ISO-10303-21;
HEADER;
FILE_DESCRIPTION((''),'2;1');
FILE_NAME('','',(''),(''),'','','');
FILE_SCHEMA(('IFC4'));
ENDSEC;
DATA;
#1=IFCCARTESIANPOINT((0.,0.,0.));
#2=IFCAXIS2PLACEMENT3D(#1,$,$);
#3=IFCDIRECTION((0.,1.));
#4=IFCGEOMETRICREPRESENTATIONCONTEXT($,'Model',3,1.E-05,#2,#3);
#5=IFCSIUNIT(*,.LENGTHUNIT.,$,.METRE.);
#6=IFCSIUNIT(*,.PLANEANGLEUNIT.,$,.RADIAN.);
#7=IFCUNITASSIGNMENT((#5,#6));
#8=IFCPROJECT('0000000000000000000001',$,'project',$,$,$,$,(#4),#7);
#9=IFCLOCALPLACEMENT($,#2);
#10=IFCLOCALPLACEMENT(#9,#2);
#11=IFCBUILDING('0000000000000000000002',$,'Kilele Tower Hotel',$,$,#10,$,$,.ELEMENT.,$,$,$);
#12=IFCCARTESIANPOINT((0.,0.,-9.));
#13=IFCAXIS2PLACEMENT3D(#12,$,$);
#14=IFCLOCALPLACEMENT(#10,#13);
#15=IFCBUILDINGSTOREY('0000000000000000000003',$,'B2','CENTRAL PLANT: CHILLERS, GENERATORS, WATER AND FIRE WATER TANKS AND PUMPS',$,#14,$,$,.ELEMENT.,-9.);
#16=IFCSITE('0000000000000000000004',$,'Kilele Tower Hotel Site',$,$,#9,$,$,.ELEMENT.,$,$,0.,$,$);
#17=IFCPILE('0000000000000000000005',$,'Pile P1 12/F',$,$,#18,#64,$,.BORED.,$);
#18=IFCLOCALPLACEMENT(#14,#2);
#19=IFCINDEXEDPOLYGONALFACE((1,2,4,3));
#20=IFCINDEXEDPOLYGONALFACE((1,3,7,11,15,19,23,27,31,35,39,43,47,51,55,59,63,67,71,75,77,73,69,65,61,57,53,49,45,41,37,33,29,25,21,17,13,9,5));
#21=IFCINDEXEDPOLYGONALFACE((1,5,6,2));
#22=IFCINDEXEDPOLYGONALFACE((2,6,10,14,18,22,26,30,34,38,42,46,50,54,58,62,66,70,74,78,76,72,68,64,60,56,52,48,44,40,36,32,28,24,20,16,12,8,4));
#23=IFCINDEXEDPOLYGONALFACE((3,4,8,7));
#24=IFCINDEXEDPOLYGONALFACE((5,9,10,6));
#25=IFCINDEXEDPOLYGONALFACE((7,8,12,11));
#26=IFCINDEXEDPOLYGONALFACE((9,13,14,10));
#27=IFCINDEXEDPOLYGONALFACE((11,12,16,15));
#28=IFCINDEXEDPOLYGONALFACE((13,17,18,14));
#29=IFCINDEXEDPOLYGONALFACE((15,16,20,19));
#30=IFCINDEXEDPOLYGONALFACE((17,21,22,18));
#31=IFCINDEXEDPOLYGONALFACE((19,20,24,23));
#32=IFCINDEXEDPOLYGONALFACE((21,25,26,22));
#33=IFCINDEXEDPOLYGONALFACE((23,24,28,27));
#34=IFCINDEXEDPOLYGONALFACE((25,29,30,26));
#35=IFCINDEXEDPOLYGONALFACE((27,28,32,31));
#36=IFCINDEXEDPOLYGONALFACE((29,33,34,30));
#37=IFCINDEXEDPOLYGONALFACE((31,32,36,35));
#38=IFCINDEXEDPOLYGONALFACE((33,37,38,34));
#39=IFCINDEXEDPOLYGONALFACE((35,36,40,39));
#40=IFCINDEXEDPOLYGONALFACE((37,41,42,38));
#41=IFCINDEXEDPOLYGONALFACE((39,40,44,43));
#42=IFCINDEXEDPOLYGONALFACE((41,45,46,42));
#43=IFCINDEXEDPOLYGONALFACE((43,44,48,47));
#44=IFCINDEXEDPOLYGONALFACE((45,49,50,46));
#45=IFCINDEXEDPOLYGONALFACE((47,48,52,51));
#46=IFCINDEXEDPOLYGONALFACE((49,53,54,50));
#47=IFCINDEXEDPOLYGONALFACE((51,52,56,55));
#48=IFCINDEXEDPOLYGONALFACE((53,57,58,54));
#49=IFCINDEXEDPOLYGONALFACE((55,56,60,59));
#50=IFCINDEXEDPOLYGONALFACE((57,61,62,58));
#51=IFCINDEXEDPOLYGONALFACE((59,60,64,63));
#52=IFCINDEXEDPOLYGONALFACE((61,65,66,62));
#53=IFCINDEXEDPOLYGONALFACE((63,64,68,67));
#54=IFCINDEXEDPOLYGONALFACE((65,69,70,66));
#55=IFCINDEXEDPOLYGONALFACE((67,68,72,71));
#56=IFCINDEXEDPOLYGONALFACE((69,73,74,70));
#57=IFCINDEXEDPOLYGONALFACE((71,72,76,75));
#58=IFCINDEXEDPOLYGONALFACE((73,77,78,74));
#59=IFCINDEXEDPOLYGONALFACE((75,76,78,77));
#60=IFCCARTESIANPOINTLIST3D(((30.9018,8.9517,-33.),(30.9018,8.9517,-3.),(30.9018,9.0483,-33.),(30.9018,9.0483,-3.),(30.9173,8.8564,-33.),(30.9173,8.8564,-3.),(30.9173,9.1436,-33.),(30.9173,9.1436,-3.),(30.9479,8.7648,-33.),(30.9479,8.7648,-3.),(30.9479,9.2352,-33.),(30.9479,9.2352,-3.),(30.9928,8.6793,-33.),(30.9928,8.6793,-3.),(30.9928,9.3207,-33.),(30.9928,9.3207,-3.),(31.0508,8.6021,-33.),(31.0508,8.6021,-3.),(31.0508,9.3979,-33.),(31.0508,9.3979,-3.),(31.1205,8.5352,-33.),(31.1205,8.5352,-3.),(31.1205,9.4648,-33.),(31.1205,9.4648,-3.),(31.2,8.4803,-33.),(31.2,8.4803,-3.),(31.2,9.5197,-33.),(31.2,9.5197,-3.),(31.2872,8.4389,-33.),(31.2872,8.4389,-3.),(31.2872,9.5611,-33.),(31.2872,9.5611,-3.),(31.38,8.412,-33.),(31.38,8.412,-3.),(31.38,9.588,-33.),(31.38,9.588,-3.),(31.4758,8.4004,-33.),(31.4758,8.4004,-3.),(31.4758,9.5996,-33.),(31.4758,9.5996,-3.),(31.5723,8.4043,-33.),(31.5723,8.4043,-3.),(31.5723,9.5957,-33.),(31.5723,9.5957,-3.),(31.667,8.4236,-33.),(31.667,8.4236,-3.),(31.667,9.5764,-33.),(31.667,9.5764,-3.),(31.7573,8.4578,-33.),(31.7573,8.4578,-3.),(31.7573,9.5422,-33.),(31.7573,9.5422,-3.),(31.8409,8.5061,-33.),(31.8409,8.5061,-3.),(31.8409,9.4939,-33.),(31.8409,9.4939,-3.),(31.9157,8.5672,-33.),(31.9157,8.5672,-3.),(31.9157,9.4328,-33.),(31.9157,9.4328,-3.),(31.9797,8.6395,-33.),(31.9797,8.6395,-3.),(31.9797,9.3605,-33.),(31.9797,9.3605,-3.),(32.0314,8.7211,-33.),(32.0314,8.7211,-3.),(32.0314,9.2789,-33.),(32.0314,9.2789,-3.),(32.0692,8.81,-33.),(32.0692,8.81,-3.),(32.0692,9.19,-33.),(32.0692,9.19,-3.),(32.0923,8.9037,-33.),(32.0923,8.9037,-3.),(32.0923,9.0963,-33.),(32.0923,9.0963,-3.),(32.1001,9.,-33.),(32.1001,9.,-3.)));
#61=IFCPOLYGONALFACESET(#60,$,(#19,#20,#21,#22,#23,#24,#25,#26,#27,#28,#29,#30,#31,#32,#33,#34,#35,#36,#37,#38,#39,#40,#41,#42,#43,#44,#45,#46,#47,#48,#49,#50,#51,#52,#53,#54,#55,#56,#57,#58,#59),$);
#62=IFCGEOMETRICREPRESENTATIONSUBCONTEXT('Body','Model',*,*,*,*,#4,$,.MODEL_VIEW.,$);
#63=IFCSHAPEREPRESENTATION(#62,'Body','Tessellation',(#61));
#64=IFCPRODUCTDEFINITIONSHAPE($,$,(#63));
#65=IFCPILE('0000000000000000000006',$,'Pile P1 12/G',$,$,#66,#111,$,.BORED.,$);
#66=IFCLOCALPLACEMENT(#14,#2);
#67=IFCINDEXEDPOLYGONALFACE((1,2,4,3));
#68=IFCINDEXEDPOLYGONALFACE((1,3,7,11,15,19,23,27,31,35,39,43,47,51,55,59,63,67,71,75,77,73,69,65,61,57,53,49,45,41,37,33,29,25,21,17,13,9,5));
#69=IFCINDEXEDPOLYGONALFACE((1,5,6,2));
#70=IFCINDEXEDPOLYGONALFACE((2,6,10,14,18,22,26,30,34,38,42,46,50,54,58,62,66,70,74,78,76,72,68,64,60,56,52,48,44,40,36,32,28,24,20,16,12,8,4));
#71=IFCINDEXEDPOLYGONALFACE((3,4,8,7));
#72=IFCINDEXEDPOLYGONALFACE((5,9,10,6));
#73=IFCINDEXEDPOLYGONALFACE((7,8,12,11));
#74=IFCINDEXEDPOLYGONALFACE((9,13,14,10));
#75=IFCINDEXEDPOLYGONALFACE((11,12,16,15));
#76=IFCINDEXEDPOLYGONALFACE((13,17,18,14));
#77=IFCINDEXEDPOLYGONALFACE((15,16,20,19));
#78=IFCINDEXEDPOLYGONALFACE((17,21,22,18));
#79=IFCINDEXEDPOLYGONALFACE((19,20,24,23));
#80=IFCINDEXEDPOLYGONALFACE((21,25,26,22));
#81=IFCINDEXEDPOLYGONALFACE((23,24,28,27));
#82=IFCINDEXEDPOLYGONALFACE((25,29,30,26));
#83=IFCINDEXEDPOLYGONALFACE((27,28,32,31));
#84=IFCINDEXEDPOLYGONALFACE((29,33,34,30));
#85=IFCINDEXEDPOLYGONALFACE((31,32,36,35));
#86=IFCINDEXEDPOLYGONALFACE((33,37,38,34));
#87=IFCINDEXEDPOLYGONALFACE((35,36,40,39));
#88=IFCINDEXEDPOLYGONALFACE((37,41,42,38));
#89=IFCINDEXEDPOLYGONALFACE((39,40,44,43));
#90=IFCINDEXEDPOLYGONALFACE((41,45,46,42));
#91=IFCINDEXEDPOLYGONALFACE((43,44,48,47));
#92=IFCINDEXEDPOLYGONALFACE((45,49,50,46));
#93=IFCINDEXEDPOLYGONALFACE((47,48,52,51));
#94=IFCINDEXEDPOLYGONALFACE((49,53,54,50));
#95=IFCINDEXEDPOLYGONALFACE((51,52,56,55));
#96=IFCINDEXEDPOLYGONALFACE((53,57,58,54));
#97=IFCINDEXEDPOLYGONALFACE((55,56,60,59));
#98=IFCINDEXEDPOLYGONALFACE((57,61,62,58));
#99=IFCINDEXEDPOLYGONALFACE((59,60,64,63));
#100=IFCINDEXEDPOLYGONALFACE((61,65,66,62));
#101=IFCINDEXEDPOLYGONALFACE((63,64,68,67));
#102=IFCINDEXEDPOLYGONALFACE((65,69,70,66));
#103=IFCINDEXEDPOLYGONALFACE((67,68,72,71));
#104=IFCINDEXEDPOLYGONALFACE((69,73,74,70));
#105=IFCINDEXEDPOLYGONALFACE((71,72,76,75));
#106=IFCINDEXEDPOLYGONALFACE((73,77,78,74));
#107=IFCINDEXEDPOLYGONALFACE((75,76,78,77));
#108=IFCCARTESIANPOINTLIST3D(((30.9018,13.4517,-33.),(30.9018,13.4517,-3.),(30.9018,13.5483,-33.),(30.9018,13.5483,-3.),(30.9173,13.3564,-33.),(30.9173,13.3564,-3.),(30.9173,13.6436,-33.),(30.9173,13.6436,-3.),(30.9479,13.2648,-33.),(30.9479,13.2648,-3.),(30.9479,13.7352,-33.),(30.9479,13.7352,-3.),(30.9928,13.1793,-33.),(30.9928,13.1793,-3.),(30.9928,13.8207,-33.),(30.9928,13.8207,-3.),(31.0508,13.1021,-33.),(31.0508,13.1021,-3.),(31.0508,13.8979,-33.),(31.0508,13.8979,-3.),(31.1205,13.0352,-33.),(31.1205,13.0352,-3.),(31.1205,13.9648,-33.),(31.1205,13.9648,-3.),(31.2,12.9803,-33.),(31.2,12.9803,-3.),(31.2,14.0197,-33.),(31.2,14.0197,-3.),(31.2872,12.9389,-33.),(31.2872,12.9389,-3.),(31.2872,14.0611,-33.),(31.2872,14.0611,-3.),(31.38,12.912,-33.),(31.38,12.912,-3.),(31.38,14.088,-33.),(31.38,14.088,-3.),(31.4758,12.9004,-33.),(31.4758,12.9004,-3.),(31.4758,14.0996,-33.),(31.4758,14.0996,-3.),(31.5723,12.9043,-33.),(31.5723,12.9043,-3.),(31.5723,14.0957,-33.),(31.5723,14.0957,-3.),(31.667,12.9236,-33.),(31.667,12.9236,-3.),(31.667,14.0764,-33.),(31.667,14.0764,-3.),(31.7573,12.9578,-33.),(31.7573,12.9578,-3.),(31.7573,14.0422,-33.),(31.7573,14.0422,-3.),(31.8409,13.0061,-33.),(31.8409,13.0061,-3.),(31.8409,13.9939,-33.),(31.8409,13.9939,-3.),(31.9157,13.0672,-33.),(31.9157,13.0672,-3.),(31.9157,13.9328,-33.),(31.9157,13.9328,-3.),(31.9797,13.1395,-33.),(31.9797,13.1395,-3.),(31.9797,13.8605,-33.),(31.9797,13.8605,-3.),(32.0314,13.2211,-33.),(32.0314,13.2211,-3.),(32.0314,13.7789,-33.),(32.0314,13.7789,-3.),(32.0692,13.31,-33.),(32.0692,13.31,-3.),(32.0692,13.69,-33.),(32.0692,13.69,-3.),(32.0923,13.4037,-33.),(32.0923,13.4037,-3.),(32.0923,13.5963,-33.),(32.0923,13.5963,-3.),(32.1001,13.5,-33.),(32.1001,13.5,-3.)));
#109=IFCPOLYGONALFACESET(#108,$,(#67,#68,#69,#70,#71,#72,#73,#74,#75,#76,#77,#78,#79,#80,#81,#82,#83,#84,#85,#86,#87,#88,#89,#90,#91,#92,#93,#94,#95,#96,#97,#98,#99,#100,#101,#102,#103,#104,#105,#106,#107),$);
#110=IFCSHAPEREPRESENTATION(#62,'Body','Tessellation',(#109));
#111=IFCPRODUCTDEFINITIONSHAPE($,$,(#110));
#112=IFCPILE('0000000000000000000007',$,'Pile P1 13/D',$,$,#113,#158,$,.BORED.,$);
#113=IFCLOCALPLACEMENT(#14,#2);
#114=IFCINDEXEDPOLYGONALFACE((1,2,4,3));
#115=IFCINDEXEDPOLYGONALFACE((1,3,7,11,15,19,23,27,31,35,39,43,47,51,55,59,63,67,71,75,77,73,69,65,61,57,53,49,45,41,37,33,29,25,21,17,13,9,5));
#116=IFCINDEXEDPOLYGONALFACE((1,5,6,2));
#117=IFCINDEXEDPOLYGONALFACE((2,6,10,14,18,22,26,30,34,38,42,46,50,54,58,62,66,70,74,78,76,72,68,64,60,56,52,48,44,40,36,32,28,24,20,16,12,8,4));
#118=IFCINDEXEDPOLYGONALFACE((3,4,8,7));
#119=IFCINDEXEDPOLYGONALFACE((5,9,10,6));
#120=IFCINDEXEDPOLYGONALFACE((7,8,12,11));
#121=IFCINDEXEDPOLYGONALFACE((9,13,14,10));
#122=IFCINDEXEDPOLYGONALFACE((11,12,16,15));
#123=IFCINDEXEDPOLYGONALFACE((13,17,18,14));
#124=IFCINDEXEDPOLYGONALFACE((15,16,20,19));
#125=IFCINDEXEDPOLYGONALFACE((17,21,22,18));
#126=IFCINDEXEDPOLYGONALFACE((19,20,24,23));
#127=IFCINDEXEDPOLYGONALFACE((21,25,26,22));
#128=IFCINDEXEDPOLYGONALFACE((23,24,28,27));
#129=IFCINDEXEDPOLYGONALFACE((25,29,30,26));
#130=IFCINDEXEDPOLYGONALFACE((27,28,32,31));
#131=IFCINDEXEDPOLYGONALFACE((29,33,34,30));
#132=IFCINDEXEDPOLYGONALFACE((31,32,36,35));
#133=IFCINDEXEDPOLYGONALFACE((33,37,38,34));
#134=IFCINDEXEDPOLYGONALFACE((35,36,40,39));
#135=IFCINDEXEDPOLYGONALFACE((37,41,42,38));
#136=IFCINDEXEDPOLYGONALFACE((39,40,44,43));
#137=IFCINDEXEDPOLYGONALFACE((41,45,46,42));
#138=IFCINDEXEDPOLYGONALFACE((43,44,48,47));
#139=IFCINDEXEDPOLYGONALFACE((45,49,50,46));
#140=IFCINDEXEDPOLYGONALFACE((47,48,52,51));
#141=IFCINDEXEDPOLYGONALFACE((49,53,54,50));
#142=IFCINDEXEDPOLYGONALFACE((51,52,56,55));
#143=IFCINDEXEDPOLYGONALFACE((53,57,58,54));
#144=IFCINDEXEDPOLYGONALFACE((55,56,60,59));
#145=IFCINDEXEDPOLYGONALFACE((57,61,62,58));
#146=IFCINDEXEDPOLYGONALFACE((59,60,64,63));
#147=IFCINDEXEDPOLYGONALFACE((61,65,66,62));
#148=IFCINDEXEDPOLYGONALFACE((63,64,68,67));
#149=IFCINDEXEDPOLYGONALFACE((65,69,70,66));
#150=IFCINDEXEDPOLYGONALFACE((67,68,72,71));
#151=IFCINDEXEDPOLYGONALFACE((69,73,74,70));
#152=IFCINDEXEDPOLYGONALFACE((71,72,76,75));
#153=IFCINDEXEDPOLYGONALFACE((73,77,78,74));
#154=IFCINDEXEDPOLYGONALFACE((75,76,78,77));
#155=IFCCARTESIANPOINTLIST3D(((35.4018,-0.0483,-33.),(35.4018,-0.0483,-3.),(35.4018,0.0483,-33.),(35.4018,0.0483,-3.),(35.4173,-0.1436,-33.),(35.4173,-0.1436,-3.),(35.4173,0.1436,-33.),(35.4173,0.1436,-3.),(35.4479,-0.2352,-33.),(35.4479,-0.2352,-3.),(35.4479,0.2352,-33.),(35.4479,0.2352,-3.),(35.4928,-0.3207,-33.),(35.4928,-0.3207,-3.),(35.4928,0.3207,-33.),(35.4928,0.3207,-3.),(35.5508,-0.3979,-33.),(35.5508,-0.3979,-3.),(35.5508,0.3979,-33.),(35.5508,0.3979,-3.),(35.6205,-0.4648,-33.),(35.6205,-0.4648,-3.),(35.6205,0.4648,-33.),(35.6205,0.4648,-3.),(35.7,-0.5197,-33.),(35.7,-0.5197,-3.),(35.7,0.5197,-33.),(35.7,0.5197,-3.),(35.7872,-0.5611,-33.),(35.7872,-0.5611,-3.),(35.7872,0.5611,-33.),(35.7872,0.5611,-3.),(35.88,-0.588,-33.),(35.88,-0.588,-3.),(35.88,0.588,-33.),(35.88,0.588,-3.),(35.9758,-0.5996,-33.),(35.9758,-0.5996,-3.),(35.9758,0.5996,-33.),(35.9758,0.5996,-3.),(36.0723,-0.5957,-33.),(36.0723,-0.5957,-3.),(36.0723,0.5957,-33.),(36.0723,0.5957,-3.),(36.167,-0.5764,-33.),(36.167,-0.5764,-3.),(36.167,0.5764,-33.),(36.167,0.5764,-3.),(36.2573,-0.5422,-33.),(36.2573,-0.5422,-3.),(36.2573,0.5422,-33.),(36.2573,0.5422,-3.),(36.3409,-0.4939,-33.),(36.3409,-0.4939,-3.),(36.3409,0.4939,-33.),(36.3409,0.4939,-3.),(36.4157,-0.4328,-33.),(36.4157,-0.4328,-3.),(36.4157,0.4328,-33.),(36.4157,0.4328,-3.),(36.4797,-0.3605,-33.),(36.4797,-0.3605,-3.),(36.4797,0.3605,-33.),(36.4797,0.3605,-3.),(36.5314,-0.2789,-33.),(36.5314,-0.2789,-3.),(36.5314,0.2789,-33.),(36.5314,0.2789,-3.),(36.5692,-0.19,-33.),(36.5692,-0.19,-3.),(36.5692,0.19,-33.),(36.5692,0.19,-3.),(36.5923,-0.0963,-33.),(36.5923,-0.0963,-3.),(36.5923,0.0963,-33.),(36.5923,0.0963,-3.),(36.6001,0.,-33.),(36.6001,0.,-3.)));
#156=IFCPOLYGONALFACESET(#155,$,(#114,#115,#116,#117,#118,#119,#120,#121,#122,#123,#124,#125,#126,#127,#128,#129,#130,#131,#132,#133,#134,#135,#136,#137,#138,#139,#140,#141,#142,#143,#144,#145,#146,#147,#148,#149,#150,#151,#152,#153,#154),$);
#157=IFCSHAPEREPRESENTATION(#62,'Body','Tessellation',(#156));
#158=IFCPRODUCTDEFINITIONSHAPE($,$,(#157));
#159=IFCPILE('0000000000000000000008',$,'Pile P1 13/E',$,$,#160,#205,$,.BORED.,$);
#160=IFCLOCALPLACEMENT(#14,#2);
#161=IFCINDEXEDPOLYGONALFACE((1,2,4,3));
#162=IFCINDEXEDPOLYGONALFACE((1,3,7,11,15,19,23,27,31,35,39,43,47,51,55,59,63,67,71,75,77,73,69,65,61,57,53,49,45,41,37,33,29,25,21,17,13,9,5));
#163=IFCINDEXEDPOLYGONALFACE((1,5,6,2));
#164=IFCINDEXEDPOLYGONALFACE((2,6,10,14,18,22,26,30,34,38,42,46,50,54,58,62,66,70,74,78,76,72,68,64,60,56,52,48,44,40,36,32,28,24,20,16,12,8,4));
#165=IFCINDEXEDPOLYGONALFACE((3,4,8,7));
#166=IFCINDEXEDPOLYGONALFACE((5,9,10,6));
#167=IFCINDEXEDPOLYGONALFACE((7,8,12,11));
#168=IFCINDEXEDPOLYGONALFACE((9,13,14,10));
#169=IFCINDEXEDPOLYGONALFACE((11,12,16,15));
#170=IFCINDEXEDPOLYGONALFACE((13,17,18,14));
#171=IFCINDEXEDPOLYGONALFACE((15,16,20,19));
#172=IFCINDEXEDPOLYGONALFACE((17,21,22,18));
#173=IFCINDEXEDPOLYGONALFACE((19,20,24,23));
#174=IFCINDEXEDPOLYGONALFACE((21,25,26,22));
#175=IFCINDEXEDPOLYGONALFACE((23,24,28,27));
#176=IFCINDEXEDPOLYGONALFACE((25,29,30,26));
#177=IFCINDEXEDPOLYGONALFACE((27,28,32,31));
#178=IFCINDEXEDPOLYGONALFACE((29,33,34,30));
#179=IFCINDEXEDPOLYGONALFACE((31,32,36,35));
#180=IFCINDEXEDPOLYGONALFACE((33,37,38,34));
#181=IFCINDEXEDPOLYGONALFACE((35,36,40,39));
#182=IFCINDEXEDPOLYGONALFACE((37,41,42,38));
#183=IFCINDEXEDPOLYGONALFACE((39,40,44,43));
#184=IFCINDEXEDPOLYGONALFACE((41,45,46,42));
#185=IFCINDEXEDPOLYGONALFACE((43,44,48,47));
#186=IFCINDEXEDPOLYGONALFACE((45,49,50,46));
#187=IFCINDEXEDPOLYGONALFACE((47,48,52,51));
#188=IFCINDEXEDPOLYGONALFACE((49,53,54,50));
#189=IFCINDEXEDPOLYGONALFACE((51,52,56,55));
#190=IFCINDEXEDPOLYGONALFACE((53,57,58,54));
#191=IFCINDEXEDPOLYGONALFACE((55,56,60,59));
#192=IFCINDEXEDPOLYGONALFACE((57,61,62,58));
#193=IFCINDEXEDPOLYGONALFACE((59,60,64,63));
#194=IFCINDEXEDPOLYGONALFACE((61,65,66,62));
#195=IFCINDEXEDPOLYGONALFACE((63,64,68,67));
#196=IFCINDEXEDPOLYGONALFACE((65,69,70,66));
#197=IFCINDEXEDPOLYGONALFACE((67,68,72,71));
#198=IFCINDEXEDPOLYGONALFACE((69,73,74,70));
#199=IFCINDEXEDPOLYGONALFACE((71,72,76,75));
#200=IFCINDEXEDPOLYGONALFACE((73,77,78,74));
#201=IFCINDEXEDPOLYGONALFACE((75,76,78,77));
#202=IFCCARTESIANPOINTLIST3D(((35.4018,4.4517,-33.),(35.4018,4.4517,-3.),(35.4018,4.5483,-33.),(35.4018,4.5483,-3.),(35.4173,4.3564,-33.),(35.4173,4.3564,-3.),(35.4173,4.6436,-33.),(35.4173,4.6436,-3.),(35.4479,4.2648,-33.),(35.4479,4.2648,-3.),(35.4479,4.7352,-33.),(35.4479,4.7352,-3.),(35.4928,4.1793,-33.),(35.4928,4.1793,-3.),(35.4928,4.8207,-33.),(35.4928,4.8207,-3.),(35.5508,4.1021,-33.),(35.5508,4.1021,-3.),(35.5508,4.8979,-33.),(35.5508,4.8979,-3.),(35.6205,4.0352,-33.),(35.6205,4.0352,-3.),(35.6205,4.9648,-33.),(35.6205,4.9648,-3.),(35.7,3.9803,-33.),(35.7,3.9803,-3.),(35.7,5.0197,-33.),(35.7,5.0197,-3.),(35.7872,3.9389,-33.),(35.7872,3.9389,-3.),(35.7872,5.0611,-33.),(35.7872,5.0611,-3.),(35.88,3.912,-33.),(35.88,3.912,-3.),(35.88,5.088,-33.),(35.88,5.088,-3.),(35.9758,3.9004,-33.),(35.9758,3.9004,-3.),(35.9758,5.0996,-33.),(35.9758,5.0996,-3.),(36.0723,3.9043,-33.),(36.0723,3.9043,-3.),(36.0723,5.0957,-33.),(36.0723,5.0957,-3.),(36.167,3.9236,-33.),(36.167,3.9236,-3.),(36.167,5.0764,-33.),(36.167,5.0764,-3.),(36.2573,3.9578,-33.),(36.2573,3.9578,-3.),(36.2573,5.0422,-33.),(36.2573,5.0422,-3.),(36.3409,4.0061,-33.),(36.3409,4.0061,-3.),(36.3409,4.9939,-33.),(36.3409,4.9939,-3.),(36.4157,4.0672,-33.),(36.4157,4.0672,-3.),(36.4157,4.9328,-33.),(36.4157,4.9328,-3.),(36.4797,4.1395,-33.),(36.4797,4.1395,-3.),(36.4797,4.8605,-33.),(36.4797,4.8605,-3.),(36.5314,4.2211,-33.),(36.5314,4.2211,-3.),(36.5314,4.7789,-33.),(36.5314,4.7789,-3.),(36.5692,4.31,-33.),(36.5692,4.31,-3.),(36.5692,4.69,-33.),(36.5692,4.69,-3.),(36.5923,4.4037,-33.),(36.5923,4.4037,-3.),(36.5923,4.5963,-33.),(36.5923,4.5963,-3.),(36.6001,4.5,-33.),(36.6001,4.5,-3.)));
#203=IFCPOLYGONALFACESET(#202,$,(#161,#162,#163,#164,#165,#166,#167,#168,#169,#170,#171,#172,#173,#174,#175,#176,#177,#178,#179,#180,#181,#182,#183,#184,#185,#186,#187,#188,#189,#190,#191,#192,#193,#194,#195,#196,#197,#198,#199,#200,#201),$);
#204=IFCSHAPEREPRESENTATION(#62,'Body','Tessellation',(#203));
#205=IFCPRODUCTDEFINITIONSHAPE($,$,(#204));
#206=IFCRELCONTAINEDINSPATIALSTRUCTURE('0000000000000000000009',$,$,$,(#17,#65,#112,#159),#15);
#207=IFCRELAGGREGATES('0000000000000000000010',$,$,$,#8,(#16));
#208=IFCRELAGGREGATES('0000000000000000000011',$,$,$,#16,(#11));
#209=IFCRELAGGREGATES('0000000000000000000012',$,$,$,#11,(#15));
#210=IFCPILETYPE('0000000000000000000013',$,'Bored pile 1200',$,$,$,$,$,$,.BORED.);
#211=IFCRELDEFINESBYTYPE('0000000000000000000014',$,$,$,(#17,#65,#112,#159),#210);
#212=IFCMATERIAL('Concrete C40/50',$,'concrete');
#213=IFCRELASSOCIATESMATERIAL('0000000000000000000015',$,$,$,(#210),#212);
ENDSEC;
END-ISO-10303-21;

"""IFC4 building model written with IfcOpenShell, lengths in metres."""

from ifc_helpers import new_model, si_unit, direction, frame, origin, origin_2d, place, context, subcontext, project, spatial, circle, extrude, material, material_profile, profile_set, type_object, element, save


model = new_model("IFC4")

# Units and contexts
model_context = context("Model", 3, precision=1e-05, world=origin(), true_north=direction((0.0, 1.0)))
body_context = subcontext(model_context, "Body", "Model", "MODEL_VIEW")
ifc_project = project(units=[si_unit("LENGTHUNIT", "METRE"), si_unit("PLANEANGLEUNIT", "RADIAN")], contexts=[model_context])

# Site, building, storey
site_placement = place(None, origin())
site = spatial("IfcSite", under=ifc_project, at=site_placement, Name="Kilele Tower Hotel Site", CompositionType="ELEMENT", RefElevation=0.0)
building_placement = place(site_placement, origin())
building = spatial("IfcBuilding", under=site, at=building_placement, Name="Kilele Tower Hotel", CompositionType="ELEMENT")
storey_placement = place(building_placement, frame((0.0, 0.0, -9.0)))
storey = spatial("IfcBuildingStorey", under=building, at=storey_placement, Name="B2", Description="CENTRAL PLANT: CHILLERS, GENERATORS, WATER AND FIRE WATER TANKS AND PUMPS", CompositionType="ELEMENT", Elevation=-9.0)

# Piles
ifc_material_1 = material(Name="Concrete C40/50", Category="concrete")
ifc_material_profile_1 = material_profile(ifc_material_1, circle(Radius=0.6001, at=origin_2d()))
ifc_profile_set_1 = profile_set([ifc_material_profile_1], Name="Concrete C40/50")
pile_type = type_object("IfcPileType", Name="Bored pile 1200", PredefinedType="BORED", material=ifc_profile_set_1)
for number, where, z_axis, x_axis, name in (
    (1, (31.5, 9.0, -3.0), (0.0, 0.0, -1.0), (1.0, 0.0, 0.0), "Pile P1 12/F"),
    (2, (31.5, 13.5, -3.0), (0.0, 0.0, -1.0), (1.0, 0.0, 0.0), "Pile P1 12/G"),
    (3, (36.0, 0.0, -3.0), (0.0, 0.0, -1.0), (1.0, 0.0, 0.0), "Pile P1 13/D"),
    (4, (36.0, 4.5, -3.0), (0.0, 0.0, -1.0), (1.0, 0.0, 0.0), "Pile P1 13/E"),
):
    element("IfcPile", number, at=place(storey_placement, frame(where, z_axis=z_axis, x_axis=x_axis)), inside=storey, type_object=pile_type, Name=name, PredefinedType="BORED", context=body_context, shape_type="SweptSolid", body=[
        extrude(circle(Radius=0.6001, at=origin_2d()), origin(), (0.0, 0.0, 1.0), 30.0),
    ])

save(model, "model.ifc")
